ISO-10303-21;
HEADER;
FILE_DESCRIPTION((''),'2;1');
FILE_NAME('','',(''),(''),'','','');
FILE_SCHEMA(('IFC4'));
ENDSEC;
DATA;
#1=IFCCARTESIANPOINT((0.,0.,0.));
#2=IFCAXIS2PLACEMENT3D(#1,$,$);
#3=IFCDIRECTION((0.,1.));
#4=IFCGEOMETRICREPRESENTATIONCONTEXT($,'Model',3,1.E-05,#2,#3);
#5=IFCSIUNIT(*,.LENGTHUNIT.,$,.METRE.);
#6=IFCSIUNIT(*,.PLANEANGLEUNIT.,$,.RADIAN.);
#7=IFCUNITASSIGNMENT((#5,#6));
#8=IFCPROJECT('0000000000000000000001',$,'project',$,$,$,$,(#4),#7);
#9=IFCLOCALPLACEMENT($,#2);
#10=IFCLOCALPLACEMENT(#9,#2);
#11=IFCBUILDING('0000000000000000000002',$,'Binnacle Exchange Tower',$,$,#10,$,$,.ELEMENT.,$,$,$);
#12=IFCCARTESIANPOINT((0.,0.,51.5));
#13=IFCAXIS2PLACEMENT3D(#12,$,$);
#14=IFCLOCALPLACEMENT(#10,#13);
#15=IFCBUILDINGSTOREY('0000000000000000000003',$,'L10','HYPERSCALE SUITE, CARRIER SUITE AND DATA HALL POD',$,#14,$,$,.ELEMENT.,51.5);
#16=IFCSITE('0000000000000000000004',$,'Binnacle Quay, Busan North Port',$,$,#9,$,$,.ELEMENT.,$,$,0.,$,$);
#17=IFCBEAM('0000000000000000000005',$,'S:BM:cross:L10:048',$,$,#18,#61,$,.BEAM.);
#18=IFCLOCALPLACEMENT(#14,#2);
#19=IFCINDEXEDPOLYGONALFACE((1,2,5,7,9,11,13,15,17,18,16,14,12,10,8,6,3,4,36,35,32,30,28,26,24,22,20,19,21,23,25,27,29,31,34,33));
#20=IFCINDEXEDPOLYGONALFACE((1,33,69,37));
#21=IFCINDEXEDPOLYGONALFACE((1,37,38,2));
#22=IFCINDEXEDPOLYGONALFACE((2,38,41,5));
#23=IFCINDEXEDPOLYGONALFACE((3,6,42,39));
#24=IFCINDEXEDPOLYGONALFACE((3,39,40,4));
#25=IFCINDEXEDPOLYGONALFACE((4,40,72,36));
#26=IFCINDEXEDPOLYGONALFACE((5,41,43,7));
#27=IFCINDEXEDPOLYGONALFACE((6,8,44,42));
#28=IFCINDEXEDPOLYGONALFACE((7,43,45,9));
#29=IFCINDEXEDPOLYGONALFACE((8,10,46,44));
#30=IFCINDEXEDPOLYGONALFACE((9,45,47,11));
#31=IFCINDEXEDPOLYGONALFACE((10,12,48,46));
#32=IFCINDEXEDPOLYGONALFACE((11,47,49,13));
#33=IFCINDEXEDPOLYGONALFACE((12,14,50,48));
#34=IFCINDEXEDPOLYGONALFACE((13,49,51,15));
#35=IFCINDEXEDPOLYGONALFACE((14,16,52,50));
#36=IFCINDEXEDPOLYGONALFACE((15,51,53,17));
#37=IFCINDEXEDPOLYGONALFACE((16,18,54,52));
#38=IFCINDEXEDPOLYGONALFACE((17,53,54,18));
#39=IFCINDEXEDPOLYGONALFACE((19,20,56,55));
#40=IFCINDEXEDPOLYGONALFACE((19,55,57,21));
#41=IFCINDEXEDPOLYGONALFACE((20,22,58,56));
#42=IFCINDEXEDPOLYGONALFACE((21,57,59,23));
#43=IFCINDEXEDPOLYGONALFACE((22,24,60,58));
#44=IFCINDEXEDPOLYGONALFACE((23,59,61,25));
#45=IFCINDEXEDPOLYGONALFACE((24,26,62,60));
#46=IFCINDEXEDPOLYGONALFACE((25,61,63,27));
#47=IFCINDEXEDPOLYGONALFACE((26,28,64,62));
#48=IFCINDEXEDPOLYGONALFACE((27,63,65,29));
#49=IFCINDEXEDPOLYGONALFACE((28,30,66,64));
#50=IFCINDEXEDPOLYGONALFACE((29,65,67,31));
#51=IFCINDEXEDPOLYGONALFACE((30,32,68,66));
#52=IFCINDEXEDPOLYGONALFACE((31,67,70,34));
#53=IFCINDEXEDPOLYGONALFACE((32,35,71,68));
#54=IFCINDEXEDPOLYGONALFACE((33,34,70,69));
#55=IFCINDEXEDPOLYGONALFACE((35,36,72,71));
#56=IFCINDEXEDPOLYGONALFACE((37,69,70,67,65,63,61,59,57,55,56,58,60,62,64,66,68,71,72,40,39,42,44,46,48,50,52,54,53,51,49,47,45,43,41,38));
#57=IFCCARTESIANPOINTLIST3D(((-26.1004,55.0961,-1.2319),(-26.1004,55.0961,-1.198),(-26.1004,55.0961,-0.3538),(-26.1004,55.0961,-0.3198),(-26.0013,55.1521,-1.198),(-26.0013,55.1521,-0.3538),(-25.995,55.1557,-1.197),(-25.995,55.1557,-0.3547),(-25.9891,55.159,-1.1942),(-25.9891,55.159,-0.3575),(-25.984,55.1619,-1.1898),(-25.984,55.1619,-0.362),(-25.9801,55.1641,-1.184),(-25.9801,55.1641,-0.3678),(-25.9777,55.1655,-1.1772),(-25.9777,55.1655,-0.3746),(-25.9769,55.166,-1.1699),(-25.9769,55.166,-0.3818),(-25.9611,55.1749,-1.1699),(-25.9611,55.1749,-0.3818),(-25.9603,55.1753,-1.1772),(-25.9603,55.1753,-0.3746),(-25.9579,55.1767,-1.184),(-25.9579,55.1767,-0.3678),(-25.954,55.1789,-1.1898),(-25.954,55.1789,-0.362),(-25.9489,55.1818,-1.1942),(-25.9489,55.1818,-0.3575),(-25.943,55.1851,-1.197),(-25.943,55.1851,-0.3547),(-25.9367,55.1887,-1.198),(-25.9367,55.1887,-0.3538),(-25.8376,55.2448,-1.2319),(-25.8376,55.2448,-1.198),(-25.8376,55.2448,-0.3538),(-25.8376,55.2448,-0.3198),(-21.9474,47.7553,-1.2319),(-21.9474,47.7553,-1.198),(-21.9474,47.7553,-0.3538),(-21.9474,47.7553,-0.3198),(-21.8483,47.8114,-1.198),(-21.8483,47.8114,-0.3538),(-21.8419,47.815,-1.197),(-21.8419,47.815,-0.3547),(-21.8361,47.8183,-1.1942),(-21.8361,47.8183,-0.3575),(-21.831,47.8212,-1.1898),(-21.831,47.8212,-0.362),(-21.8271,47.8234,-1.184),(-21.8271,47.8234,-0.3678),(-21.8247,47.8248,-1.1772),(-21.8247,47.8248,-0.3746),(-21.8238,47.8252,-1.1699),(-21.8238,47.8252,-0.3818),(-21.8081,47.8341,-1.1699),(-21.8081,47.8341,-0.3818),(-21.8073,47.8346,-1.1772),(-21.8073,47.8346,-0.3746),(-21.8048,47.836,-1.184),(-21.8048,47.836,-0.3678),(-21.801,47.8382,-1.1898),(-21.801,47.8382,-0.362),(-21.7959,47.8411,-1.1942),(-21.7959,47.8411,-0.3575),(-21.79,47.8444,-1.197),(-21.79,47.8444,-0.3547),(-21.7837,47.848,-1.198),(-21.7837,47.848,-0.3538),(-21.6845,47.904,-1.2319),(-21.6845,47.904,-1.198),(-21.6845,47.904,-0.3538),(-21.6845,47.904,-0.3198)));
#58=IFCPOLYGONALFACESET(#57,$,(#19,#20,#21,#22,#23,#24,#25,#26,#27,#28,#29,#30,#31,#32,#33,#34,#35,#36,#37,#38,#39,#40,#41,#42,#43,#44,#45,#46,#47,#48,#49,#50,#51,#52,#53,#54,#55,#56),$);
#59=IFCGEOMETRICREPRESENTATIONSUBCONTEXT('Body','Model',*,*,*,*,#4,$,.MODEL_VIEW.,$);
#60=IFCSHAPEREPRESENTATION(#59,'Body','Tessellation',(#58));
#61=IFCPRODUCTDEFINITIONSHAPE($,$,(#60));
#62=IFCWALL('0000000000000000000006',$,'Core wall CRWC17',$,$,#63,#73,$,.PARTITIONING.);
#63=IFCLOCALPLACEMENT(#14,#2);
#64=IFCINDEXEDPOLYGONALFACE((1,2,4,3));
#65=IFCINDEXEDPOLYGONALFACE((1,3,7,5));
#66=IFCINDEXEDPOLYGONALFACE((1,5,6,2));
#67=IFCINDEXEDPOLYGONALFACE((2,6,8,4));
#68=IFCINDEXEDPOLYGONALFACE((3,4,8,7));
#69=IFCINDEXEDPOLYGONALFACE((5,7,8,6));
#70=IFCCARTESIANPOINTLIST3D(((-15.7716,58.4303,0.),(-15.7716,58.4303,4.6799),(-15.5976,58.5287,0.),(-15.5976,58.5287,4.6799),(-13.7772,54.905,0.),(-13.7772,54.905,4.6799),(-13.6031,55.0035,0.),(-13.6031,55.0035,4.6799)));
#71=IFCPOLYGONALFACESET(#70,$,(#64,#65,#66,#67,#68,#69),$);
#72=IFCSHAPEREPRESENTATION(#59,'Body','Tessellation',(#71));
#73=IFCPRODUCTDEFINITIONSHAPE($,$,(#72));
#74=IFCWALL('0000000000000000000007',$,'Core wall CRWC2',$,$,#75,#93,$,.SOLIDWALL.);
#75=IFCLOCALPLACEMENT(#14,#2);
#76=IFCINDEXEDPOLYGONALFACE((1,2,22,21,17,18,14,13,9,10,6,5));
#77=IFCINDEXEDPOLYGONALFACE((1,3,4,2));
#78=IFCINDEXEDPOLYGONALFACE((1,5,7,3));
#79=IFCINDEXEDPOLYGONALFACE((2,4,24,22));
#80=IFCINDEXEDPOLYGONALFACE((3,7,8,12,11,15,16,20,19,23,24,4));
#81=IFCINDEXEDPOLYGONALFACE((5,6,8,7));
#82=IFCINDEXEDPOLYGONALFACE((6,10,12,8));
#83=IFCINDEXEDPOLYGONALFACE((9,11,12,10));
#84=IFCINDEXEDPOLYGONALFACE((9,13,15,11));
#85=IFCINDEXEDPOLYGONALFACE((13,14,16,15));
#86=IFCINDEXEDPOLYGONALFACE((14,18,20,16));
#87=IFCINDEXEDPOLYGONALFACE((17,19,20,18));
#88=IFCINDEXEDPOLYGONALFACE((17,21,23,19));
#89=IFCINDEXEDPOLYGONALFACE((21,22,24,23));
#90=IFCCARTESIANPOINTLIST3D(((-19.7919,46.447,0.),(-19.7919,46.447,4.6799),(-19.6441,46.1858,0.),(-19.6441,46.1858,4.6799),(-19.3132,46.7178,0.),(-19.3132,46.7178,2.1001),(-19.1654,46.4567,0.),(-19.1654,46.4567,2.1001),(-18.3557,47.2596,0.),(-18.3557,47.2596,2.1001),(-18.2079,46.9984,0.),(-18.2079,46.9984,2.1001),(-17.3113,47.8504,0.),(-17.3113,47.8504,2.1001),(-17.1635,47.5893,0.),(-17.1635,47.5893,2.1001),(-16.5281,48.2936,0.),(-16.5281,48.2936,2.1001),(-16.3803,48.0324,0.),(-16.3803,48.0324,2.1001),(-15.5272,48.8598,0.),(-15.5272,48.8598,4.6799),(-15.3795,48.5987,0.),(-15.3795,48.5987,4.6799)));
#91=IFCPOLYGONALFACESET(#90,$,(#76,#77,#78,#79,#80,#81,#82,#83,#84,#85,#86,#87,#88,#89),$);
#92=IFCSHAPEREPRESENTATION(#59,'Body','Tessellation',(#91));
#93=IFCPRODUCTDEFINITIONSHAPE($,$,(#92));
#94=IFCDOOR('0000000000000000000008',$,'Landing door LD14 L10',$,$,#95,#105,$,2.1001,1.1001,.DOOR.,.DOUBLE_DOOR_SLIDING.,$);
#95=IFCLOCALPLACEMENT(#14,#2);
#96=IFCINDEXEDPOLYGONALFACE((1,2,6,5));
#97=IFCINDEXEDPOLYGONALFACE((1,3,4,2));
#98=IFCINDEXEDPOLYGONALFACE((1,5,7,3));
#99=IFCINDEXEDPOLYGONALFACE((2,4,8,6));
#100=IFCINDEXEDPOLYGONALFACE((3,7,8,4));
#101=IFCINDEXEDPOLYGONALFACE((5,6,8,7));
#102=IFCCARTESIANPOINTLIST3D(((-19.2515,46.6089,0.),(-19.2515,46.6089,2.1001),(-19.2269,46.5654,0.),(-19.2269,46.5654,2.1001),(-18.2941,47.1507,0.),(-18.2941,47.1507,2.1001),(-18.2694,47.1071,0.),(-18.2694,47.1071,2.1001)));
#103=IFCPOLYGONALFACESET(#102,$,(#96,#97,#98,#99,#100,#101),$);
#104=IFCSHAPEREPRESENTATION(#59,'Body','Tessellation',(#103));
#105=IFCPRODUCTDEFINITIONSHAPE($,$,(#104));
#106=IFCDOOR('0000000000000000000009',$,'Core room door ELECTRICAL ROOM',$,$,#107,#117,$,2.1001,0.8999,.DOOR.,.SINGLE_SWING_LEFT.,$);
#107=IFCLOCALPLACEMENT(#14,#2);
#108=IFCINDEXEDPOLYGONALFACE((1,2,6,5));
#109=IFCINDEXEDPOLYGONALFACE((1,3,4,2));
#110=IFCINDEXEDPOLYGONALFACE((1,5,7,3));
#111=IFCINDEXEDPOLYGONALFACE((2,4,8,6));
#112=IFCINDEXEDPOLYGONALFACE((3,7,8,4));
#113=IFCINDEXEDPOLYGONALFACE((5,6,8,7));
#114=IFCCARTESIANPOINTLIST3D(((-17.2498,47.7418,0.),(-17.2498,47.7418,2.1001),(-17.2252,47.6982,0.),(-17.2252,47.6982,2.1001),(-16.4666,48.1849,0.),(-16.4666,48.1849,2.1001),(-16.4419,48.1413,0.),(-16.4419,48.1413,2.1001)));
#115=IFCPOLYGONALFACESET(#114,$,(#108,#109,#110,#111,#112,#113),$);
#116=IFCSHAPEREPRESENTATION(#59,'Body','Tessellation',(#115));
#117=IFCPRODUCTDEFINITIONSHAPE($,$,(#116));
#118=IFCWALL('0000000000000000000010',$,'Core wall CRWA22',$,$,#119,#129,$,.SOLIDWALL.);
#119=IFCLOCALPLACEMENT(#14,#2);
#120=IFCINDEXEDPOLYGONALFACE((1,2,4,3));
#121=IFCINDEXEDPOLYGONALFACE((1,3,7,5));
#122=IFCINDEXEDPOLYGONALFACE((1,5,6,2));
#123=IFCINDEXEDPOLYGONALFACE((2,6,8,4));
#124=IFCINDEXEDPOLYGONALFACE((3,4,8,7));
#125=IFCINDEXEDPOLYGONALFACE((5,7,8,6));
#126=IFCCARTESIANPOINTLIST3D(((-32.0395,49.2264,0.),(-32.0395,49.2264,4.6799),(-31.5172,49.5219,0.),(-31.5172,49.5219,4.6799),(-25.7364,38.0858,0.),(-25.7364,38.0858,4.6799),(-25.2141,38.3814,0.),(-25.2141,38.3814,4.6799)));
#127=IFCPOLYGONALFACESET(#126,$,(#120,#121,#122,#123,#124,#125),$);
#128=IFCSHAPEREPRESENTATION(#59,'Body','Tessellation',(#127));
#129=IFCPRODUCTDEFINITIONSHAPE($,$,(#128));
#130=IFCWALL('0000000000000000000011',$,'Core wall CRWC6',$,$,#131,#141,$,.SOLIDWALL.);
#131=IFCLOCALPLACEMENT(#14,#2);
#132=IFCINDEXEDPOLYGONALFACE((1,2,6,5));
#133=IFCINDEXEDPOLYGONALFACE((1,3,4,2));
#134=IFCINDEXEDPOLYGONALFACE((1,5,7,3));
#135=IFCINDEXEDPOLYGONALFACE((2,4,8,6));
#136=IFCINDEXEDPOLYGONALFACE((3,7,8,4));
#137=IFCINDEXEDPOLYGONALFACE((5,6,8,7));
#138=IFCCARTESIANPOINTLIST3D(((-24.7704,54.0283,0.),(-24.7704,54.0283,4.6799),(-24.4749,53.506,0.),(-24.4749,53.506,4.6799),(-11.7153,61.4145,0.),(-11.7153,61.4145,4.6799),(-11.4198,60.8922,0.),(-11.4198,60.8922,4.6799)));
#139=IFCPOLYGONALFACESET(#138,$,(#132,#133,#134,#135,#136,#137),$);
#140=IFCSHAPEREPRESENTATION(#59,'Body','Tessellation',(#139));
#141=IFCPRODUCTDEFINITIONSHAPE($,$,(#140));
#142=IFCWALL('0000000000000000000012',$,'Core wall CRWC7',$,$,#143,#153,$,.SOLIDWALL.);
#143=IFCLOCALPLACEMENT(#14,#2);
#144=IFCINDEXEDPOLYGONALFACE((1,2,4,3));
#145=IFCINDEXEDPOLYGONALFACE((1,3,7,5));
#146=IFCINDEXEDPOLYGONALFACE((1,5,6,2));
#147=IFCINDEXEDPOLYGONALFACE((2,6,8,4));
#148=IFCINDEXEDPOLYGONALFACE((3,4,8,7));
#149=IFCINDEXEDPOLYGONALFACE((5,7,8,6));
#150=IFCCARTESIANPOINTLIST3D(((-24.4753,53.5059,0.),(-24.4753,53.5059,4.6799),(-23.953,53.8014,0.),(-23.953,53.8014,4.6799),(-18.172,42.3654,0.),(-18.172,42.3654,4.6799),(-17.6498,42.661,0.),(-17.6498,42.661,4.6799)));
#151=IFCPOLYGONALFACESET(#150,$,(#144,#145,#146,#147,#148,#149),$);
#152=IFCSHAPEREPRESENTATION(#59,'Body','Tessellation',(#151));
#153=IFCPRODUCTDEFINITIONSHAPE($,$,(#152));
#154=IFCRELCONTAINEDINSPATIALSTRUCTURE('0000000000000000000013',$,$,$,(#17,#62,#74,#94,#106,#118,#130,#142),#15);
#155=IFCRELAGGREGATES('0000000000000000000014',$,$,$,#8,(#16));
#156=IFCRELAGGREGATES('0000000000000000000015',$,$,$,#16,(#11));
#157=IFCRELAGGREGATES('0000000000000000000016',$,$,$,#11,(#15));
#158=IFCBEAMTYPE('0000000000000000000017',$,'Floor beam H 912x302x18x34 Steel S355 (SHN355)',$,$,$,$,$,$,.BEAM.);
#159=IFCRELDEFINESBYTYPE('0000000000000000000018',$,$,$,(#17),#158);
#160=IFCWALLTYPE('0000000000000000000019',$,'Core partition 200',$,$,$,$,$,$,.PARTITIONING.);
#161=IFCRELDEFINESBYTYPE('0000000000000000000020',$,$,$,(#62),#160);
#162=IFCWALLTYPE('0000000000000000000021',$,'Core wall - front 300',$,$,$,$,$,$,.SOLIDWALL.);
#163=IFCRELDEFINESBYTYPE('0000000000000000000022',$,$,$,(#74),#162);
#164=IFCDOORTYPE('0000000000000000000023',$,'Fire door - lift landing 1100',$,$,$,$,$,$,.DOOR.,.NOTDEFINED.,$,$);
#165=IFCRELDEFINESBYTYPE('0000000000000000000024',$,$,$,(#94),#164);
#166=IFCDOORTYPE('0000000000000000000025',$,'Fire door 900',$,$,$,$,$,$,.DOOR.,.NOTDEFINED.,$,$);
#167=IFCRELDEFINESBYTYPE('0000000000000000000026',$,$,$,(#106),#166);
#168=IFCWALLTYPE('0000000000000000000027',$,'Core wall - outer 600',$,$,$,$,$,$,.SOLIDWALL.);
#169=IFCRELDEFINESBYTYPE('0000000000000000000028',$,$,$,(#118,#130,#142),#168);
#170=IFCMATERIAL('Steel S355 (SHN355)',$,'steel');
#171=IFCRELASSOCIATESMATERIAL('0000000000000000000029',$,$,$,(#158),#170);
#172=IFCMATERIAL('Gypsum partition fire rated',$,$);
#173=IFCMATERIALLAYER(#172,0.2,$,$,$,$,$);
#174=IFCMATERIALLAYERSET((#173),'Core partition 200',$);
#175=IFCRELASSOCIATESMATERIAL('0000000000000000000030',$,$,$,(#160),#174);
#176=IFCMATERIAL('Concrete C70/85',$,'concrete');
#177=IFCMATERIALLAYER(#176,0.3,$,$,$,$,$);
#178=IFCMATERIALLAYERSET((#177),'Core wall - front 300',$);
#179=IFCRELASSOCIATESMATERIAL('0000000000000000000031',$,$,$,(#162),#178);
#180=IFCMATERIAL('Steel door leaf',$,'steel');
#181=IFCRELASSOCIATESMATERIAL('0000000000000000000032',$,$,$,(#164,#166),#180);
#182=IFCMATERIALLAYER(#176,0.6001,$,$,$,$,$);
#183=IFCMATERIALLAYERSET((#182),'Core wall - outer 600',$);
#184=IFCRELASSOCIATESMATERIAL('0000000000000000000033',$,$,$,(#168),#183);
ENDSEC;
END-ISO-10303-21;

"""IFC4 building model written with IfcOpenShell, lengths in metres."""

from ifc_helpers import new_model, si_unit, direction, frame, frame_2d, origin, origin_2d, place, context, subcontext, project, spatial, rectangle, i_section, extrude, material, layer, layer_set, material_profile, profile_set, type_object, element, fill, save


model = new_model("IFC4")

# Units and contexts
model_context = context("Model", 3, precision=1e-05, world=origin(), true_north=direction((0.0, 1.0)))
body_context = subcontext(model_context, "Body", "Model", "MODEL_VIEW")
ifc_project = project(units=[si_unit("LENGTHUNIT", "METRE"), si_unit("PLANEANGLEUNIT", "RADIAN")], contexts=[model_context])

# Site, building, storey
site_placement = place(None, origin())
site = spatial("IfcSite", under=ifc_project, at=site_placement, Name="Binnacle Quay, Busan North Port", CompositionType="ELEMENT", RefElevation=0.0)
building_placement = place(site_placement, origin())
building = spatial("IfcBuilding", under=site, at=building_placement, Name="Binnacle Exchange Tower", CompositionType="ELEMENT")
storey_placement = place(building_placement, frame((0.0, 0.0, 51.5)))
storey = spatial("IfcBuildingStorey", under=building, at=storey_placement, Name="L10", Description="HYPERSCALE SUITE, CARRIER SUITE AND DATA HALL POD", CompositionType="ELEMENT", Elevation=51.5)

# Shared definitions
ifc_material_1 = material(Name="Concrete C70/85", Category="concrete")

# Beam
ifc_material_2 = material(Name="Steel S355 (SHN355)", Category="steel")
ifc_material_profile_1 = material_profile(ifc_material_2, i_section(OverallWidth=0.302, OverallDepth=0.9121, WebThickness=0.0181, FlangeThickness=0.0339, FilletRadius=0.0281, at=origin_2d()), Name="H 912x302x18x34")
ifc_profile_set_1 = profile_set([ifc_material_profile_1], Name="Steel S355 (SHN355)")
beam_type_1 = type_object("IfcBeamType", Name="Floor beam H 912x302x18x34 Steel S355 (SHN355)", PredefinedType="BEAM", material=ifc_profile_set_1)
beam_1_placement = place(storey_placement, frame((-25.969, 55.1704, -0.7759), z_axis=(0.492409, -0.870364, 0.0), x_axis=(0.870364, 0.492409, 0.0)))
element("IfcBeam", 1, at=beam_1_placement, inside=storey, type_object=beam_type_1, Name="S:BM:cross:L10:048", PredefinedType="BEAM", context=body_context, shape_type="SweptSolid", body=[
    extrude(i_section(OverallWidth=0.302, OverallDepth=0.9121, WebThickness=0.0181, FlangeThickness=0.0339, FilletRadius=0.0281, at=origin_2d()), origin(), (0.0, 0.0, 1.0), 8.4341),
])

# Wall
ifc_material_3 = material(Name="Gypsum partition fire rated")
ifc_layer_1 = layer(ifc_material_3, 0.2)
ifc_layer_set_1 = layer_set([ifc_layer_1], Name="Core partition 200")
wall_type_1 = type_object("IfcWallType", Name="Core partition 200", PredefinedType="PARTITIONING", material=ifc_layer_set_1)
wall_1_placement = place(storey_placement, frame((-15.6846, 58.4795, 0.0), z_axis=(0.0, 0.0, 1.0), x_axis=(0.492415, -0.870361, 0.0)))
element("IfcWall", 2, at=wall_1_placement, inside=storey, type_object=wall_type_1, Name="Core wall CRWC17", PredefinedType="PARTITIONING", context=body_context, shape_type="SweptSolid", body=[
    extrude(rectangle(XDim=4.0503, YDim=0.2, at=frame_2d((2.0251, 0.0))), origin(), (0.0, 0.0, 1.0), 4.6799),
])

# Wall, openings, doors
ifc_layer_2 = layer(ifc_material_1, 0.3)
ifc_layer_set_2 = layer_set([ifc_layer_2], Name="Core wall - front 300")
wall_type_2 = type_object("IfcWallType", Name="Core wall - front 300", PredefinedType="SOLIDWALL", material=ifc_layer_set_2)
wall_2_placement = place(storey_placement, frame((-19.718, 46.3164, 0.0), z_axis=(0.0, 0.0, 1.0), x_axis=(0.870354, 0.492427, 0.0)))
wall_2 = element("IfcWall", 3, at=wall_2_placement, inside=storey, type_object=wall_type_2, Name="Core wall CRWC2", PredefinedType="SOLIDWALL", context=body_context, shape_type="SweptSolid", body=[
    extrude(rectangle(XDim=4.8999, YDim=0.3, at=frame_2d((2.45, 0.0))), origin(), (0.0, 0.0, 1.0), 4.6799),
])
opening_1_placement = place(wall_2_placement, frame((0.55, 0.0, 0.0)))
opening_1 = element("IfcOpeningElement", 4, at=opening_1_placement, cuts=wall_2, PredefinedType="OPENING", context=body_context, shape_type="SweptSolid", body=[
    extrude(rectangle(XDim=1.1001, YDim=2.1001, at=frame_2d((0.55, 1.05))), frame((0.0, 0.1599, 0.0), z_axis=(0.0, -1.0, 0.0), x_axis=(1.0, 0.0, 0.0)), (0.0, 0.0, 1.0), 0.3201),
])
opening_2_placement = place(wall_2_placement, frame((2.8501, 0.0, 0.0)))
opening_2 = element("IfcOpeningElement", 5, at=opening_2_placement, cuts=wall_2, PredefinedType="OPENING", context=body_context, shape_type="SweptSolid", body=[
    extrude(rectangle(XDim=0.8999, YDim=2.1001, at=frame_2d((0.45, 1.05))), frame((0.0, 0.1599, 0.0), z_axis=(0.0, -1.0, 0.0), x_axis=(1.0, 0.0, 0.0)), (0.0, 0.0, 1.0), 0.3201),
])
ifc_material_4 = material(Name="Steel door leaf", Category="steel")
door_type_1 = type_object("IfcDoorType", Name="Fire door - lift landing 1100", OperationType="NOTDEFINED", PredefinedType="DOOR", material=ifc_material_4)
door_1_placement = place(opening_1_placement, origin())
door_1 = element("IfcDoor", 6, at=door_1_placement, inside=storey, type_object=door_type_1, Name="Landing door LD14 L10", OperationType="DOUBLE_DOOR_SLIDING", OverallHeight=2.1001, OverallWidth=1.1001, PredefinedType="DOOR", context=body_context, shape_type="SweptSolid", body=[
    extrude(rectangle(XDim=1.1001, YDim=2.1001, at=frame_2d((0.55, 1.05))), frame((0.0, 0.0249, 0.0), z_axis=(0.0, -1.0, 0.0), x_axis=(1.0, 0.0, 0.0)), (0.0, 0.0, 1.0), 0.05),
])
fill(opening_1, door_1)
door_type_2 = type_object("IfcDoorType", Name="Fire door 900", OperationType="NOTDEFINED", PredefinedType="DOOR", material=ifc_material_4)
door_2_placement = place(opening_2_placement, frame((0.8999, 0.0, 0.0), z_axis=(0.0, 0.0, 1.0), x_axis=(-1.0, 0.0, 0.0)))
door_2 = element("IfcDoor", 7, at=door_2_placement, inside=storey, type_object=door_type_2, Name="Core room door ELECTRICAL ROOM", OperationType="SINGLE_SWING_LEFT", OverallHeight=2.1001, OverallWidth=0.8999, PredefinedType="DOOR", context=body_context, shape_type="SweptSolid", body=[
    extrude(rectangle(XDim=0.8999, YDim=2.1001, at=frame_2d((0.45, 1.05))), frame((0.0, 0.0249, 0.0), z_axis=(0.0, -1.0, 0.0), x_axis=(1.0, 0.0, 0.0)), (0.0, 0.0, 1.0), 0.05),
])
fill(opening_2, door_2)

# Walls
ifc_layer_3 = layer(ifc_material_1, 0.6001)
ifc_layer_set_3 = layer_set([ifc_layer_3], Name="Core wall - outer 600")
wall_type_3 = type_object("IfcWallType", Name="Core wall - outer 600", PredefinedType="SOLIDWALL", material=ifc_layer_set_3)
wall_3_placement = place(storey_placement, frame((-31.7783, 49.374, 0.0), z_axis=(0.0, 0.0, 1.0), x_axis=(0.492433, -0.87035, 0.0)))
element("IfcWall", 8, at=wall_3_placement, inside=storey, type_object=wall_type_3, Name="Core wall CRWA22", PredefinedType="SOLIDWALL", context=body_context, shape_type="SweptSolid", body=[
    extrude(rectangle(XDim=12.8, YDim=0.6001, at=frame_2d((6.3999, 0.0))), origin(), (0.0, 0.0, 1.0), 4.6799),
])
wall_4_placement = place(storey_placement, frame((-24.6228, 53.7671, 0.0), z_axis=(0.0, 0.0, 1.0), x_axis=(0.870357, 0.492422, 0.0)))
element("IfcWall", 9, at=wall_4_placement, inside=storey, type_object=wall_type_3, Name="Core wall CRWC6", PredefinedType="SOLIDWALL", context=body_context, shape_type="SweptSolid", body=[
    extrude(rectangle(XDim=14.9998, YDim=0.6001, at=frame_2d((7.5, 0.0))), origin(), (0.0, 0.0, 1.0), 4.6799),
])
wall_5_placement = place(storey_placement, frame((-24.2141, 53.6536, 0.0), z_axis=(0.0, 0.0, 1.0), x_axis=(0.492441, -0.870346, 0.0)))
element("IfcWall", 10, at=wall_5_placement, inside=storey, type_object=wall_type_3, Name="Core wall CRWC7", PredefinedType="SOLIDWALL", context=body_context, shape_type="SweptSolid", body=[
    extrude(rectangle(XDim=12.8, YDim=0.6001, at=frame_2d((6.3999, 0.0))), origin(), (0.0, 0.0, 1.0), 4.6799),
])

save(model, "model.ifc")
